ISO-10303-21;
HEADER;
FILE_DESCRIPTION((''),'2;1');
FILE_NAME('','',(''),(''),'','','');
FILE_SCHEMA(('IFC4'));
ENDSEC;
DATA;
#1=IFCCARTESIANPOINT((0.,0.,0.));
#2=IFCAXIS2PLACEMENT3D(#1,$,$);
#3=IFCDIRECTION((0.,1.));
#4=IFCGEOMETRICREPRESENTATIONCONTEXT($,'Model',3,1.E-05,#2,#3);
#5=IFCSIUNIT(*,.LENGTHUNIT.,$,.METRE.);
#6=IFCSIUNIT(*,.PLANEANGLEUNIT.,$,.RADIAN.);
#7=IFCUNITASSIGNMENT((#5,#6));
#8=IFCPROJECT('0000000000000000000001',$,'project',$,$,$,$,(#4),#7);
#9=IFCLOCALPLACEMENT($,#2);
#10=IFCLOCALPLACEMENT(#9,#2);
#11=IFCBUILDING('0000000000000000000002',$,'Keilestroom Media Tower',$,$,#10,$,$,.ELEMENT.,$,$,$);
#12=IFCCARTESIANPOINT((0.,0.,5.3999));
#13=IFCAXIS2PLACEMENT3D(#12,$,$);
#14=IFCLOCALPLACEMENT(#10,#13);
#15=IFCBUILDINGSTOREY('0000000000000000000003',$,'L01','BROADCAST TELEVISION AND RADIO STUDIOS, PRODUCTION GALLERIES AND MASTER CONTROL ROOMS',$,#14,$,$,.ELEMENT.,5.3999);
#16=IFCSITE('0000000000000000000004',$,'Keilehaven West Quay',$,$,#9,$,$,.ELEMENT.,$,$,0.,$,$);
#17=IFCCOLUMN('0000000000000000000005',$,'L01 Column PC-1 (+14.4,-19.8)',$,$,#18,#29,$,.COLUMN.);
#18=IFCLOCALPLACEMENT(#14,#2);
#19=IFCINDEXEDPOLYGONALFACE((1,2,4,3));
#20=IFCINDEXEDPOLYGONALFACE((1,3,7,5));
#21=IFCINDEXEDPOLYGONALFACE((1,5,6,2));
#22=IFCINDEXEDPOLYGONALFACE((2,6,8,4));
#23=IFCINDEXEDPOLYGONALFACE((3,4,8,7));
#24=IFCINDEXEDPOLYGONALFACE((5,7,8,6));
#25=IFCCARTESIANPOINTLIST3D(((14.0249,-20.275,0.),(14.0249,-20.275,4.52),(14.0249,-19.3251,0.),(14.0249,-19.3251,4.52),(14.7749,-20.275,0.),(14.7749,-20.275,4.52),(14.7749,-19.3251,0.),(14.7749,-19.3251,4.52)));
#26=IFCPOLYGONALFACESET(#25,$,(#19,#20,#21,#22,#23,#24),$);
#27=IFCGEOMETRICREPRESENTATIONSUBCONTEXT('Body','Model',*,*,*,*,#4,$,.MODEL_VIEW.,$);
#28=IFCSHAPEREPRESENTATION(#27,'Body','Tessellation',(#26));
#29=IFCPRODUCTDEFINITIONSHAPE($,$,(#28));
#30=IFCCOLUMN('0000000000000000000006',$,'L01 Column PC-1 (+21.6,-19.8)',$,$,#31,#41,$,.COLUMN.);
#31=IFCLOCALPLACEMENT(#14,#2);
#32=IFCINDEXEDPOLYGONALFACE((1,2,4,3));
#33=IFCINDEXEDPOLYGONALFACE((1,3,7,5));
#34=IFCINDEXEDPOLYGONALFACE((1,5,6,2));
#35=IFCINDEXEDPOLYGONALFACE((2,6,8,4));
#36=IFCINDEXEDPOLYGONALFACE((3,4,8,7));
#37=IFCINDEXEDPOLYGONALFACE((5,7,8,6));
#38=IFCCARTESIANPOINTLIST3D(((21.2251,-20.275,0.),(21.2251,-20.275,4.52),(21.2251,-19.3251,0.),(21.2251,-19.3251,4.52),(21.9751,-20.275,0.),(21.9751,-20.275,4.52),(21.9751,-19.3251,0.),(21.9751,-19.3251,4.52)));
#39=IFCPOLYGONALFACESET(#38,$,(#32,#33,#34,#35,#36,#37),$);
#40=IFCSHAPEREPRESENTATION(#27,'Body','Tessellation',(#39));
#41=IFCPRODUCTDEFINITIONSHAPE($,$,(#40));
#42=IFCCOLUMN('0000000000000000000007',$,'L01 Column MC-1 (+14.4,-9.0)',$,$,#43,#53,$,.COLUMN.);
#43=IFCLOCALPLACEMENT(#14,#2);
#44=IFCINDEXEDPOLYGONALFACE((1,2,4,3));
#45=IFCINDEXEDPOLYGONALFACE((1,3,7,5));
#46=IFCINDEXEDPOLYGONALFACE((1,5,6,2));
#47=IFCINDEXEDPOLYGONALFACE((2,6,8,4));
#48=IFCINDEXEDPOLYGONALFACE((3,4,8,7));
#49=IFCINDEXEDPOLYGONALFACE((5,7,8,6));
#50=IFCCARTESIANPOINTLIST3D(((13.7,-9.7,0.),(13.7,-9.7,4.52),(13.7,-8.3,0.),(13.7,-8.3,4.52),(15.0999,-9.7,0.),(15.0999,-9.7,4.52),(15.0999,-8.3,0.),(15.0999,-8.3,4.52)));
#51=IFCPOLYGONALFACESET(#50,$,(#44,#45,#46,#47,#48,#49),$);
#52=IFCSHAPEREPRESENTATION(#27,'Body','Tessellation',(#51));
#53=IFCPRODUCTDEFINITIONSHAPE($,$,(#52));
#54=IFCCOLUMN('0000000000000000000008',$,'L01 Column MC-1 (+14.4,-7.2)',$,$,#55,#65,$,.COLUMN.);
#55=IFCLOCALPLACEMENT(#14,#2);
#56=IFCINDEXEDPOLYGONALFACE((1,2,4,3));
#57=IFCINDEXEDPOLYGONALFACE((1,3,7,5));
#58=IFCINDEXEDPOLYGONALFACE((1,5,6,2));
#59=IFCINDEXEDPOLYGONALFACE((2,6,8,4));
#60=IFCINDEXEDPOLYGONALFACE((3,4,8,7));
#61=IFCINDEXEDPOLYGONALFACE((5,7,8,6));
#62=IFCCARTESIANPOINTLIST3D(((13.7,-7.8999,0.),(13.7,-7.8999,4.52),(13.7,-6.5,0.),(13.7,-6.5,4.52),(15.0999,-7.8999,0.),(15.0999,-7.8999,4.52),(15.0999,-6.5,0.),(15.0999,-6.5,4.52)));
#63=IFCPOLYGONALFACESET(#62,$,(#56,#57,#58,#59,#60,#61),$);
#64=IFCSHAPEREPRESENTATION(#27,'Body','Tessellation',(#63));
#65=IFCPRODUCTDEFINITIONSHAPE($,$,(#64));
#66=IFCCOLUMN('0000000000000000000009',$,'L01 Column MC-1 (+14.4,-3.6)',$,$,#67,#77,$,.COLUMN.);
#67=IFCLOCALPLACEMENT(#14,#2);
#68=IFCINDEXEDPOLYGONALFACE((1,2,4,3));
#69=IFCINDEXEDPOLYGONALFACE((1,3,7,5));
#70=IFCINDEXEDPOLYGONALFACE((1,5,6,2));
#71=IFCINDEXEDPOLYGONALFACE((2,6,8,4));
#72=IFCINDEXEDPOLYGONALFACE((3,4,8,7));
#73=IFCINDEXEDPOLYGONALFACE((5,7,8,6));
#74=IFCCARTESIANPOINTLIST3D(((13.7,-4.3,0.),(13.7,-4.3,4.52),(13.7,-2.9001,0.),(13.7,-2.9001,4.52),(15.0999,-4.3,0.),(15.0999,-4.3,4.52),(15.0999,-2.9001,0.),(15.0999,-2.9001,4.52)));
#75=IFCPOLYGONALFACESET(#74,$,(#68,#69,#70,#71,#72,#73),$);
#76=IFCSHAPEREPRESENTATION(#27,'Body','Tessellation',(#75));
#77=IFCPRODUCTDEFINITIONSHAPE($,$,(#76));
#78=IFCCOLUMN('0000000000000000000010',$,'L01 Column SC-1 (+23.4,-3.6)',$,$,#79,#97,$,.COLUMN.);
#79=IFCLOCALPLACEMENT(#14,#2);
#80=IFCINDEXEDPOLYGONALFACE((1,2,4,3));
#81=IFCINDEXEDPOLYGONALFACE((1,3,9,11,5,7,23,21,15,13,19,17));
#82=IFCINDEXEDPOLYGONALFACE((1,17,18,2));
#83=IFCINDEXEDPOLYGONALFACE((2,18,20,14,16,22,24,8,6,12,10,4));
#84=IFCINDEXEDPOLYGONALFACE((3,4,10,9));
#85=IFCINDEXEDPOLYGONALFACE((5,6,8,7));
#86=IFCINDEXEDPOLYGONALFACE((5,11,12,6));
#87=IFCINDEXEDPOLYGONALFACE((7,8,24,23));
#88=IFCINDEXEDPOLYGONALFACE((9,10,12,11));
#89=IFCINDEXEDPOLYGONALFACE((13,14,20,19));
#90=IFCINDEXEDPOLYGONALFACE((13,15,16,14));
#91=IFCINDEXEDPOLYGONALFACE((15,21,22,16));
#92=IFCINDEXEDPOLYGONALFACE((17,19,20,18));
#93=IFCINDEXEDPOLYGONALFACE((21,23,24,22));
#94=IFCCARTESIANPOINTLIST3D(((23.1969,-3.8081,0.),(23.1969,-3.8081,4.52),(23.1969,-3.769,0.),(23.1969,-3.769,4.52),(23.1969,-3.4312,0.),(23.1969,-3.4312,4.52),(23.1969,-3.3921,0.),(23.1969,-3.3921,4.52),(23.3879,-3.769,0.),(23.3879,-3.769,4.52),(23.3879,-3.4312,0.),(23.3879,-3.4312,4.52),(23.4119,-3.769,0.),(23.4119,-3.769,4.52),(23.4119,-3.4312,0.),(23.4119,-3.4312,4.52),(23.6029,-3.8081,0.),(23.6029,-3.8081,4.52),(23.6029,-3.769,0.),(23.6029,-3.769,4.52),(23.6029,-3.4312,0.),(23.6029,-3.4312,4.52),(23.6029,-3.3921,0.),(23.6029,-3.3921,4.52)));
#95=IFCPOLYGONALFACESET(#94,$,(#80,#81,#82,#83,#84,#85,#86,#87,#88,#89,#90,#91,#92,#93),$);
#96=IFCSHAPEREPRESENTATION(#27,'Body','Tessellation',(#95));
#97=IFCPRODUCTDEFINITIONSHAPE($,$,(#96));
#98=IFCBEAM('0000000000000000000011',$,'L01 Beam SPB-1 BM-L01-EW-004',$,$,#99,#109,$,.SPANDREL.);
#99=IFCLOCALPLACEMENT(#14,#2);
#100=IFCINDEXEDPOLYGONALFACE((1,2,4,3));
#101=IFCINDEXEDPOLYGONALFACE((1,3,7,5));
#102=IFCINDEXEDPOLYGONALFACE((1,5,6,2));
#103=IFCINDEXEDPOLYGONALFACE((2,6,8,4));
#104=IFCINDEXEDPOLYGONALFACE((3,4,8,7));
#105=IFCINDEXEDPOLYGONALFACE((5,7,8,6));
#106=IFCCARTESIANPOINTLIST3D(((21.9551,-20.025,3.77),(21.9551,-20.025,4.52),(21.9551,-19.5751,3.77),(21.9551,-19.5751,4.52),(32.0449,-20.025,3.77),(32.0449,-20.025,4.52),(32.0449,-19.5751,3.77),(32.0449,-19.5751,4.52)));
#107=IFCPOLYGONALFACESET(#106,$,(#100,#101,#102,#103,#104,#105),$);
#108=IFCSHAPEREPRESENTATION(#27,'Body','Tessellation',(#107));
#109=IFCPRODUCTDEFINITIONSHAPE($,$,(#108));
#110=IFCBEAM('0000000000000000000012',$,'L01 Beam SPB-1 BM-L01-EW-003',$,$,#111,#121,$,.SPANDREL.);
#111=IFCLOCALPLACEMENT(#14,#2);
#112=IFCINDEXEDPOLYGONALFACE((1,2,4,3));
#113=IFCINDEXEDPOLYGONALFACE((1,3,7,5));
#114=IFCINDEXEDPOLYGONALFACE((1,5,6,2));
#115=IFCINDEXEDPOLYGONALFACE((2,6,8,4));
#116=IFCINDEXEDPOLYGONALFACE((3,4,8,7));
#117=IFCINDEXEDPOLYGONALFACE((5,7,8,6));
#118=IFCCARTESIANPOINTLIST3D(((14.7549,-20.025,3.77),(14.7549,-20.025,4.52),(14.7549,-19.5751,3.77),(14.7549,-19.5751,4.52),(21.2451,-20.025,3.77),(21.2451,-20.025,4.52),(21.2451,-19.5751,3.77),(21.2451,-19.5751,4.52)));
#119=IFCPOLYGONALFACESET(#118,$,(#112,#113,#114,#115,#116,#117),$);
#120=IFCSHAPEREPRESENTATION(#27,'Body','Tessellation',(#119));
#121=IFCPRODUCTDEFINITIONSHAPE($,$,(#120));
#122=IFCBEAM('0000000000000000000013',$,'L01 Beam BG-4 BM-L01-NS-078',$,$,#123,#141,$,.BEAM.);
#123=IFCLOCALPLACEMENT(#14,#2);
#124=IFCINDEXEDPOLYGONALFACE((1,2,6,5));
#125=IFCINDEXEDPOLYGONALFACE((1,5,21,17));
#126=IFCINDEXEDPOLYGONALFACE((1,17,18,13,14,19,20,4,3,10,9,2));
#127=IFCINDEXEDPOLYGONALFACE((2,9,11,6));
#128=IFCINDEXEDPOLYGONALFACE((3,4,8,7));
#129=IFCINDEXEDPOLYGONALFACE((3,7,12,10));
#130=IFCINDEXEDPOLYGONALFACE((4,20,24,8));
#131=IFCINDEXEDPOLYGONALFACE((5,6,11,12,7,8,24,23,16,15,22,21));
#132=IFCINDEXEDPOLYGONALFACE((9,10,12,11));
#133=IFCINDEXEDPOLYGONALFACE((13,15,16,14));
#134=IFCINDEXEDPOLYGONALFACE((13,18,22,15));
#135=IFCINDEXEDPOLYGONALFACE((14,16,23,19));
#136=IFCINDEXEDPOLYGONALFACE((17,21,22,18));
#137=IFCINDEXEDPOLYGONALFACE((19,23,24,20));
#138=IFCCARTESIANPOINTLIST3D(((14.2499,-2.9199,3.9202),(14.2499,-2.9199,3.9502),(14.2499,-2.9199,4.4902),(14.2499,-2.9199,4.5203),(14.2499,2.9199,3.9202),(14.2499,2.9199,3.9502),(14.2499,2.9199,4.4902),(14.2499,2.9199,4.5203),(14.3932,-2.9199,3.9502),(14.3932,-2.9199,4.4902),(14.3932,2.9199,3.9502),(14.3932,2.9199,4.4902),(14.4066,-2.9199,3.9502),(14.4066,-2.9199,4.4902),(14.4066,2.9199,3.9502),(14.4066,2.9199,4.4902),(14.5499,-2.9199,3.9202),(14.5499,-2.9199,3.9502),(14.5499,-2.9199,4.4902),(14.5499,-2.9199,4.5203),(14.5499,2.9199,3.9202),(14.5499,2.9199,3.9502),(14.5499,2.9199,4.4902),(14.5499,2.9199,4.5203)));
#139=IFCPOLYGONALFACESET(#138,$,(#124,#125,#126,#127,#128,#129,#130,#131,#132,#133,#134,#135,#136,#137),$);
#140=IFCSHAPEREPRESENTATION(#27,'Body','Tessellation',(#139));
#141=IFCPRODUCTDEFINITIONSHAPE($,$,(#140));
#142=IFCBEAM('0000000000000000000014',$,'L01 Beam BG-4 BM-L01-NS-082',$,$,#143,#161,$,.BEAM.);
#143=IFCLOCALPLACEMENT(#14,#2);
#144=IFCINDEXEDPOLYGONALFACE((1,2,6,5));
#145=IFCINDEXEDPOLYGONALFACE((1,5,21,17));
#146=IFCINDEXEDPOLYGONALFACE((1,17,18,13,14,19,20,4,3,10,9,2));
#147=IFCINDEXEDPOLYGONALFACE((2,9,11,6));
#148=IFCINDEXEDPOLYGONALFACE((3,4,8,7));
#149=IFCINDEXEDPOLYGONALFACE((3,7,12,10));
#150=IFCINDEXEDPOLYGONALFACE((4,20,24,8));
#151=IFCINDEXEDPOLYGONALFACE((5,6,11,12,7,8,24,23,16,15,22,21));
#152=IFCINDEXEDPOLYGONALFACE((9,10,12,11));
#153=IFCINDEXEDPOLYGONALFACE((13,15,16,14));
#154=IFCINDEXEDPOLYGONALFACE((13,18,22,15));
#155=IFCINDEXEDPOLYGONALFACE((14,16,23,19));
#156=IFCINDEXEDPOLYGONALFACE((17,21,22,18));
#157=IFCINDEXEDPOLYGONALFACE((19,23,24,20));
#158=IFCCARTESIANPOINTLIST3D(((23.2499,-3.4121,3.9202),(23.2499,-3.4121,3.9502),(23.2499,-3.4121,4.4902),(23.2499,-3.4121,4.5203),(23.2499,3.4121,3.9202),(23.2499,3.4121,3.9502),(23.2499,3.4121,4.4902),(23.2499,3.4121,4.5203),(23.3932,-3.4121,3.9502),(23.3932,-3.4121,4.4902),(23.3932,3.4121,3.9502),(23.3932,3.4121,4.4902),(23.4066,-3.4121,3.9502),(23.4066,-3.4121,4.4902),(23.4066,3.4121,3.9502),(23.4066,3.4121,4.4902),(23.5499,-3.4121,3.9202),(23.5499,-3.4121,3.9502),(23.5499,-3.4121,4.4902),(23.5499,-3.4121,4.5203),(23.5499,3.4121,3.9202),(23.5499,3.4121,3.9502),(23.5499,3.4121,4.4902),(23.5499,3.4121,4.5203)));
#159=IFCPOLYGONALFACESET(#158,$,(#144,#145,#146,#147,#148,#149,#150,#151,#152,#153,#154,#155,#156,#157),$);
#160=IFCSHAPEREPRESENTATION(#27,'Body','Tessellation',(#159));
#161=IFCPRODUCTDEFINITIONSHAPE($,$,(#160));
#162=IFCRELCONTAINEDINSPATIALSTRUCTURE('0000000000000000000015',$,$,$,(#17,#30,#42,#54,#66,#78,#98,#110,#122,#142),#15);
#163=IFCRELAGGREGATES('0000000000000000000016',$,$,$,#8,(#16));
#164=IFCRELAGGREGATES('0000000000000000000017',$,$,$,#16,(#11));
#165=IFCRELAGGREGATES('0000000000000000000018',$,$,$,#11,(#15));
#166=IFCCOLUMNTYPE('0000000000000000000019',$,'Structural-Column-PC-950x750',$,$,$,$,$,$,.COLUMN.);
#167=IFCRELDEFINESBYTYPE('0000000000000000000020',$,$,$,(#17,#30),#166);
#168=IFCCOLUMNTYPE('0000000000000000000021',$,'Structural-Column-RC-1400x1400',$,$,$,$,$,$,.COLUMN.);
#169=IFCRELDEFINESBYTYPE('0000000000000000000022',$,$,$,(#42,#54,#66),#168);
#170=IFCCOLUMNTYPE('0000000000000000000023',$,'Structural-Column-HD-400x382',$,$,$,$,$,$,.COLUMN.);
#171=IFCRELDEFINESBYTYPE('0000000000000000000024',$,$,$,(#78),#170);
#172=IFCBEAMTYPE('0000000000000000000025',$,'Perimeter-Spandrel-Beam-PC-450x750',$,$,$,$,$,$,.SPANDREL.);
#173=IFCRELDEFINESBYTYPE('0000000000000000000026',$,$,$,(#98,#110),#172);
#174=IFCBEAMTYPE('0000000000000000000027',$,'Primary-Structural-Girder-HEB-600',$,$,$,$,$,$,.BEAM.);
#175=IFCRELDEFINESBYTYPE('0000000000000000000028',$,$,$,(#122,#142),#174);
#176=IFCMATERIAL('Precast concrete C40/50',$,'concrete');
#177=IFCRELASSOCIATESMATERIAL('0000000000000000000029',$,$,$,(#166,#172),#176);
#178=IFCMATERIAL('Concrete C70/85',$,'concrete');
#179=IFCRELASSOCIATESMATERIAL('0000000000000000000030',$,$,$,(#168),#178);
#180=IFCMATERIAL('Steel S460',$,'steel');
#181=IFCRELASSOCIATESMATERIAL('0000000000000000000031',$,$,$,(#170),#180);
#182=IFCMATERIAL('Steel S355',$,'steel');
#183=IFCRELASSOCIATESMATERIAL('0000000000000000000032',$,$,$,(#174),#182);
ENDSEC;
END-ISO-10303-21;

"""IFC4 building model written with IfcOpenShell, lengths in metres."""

from ifc_helpers import new_model, si_unit, direction, frame, origin, origin_2d, place, context, subcontext, project, spatial, rectangle, i_section, extrude, source, transform, mapped, material, material_profile, profile_set, type_object, element, save


model = new_model("IFC4")

# Units and contexts
model_context = context("Model", 3, precision=1e-05, world=origin(), true_north=direction((0.0, 1.0)))
body_context = subcontext(model_context, "Body", "Model", "MODEL_VIEW")
ifc_project = project(units=[si_unit("LENGTHUNIT", "METRE"), si_unit("PLANEANGLEUNIT", "RADIAN")], contexts=[model_context])

# Site, building, storey
site_placement = place(None, origin())
site = spatial("IfcSite", under=ifc_project, at=site_placement, Name="Keilehaven West Quay", CompositionType="ELEMENT", RefElevation=0.0)
building_placement = place(site_placement, origin())
building = spatial("IfcBuilding", under=site, at=building_placement, Name="Keilestroom Media Tower", CompositionType="ELEMENT")
storey_placement = place(building_placement, frame((0.0, 0.0, 5.3999)))
storey = spatial("IfcBuildingStorey", under=building, at=storey_placement, Name="L01", Description="BROADCAST TELEVISION AND RADIO STUDIOS, PRODUCTION GALLERIES AND MASTER CONTROL ROOMS", CompositionType="ELEMENT", Elevation=5.3999)

# Columns
ifc_material_1 = material(Name="Precast concrete C40/50", Category="concrete")
ifc_material_profile_1 = material_profile(ifc_material_1, rectangle(XDim=0.75, YDim=0.95, at=origin_2d()), Name="PC 950x750")
ifc_profile_set_1 = profile_set([ifc_material_profile_1], Name="Precast concrete C40/50")
column_type_1 = type_object("IfcColumnType", Name="Structural-Column-PC-950x750", PredefinedType="COLUMN", material=ifc_profile_set_1)
shared_shape_1 = source(origin(), body_context, "Body", "SweptSolid", [
    extrude(rectangle(XDim=0.75, YDim=0.95, at=origin_2d()), origin(), (0.0, 0.0, 1.0), 4.52),
])
for number, where, z_axis, x_axis, name in (
    (1, (14.3999, -19.8, 0.0), (0.0, 0.0, 1.0), (1.0, 0.0, 0.0), "L01 Column PC-1 (+14.4,-19.8)"),
    (2, (21.6001, -19.8, 0.0), (0.0, 0.0, 1.0), (1.0, 0.0, 0.0), "L01 Column PC-1 (+21.6,-19.8)"),
):
    element("IfcColumn", number, at=place(storey_placement, frame(where, z_axis=z_axis, x_axis=x_axis)), inside=storey, type_object=column_type_1, Name=name, PredefinedType="COLUMN", context=body_context, shape_type="MappedRepresentation", body=[
        mapped(shared_shape_1, transform((0.0, 0.0, 0.0), x_axis=(1.0, 0.0, 0.0), y_axis=(0.0, 1.0, 0.0), z_axis=(0.0, 0.0, 1.0), scale=1.0)),
    ])
ifc_material_2 = material(Name="Concrete C70/85", Category="concrete")
ifc_material_profile_2 = material_profile(ifc_material_2, rectangle(XDim=1.3999, YDim=1.3999, at=origin_2d()), Name="RC 1400x1400")
ifc_profile_set_2 = profile_set([ifc_material_profile_2], Name="Concrete C70/85")
column_type_2 = type_object("IfcColumnType", Name="Structural-Column-RC-1400x1400", PredefinedType="COLUMN", material=ifc_profile_set_2)
shared_shape_2 = source(origin(), body_context, "Body", "SweptSolid", [
    extrude(rectangle(XDim=1.3999, YDim=1.3999, at=origin_2d()), origin(), (0.0, 0.0, 1.0), 4.52),
])
for number, where, z_axis, x_axis, name in (
    (3, (14.3999, -9.0, 0.0), (0.0, 0.0, 1.0), (1.0, 0.0, 0.0), "L01 Column MC-1 (+14.4,-9.0)"),
    (4, (14.3999, -7.2, 0.0), (0.0, 0.0, 1.0), (1.0, 0.0, 0.0), "L01 Column MC-1 (+14.4,-7.2)"),
    (5, (14.3999, -3.6001, 0.0), (0.0, 0.0, 1.0), (1.0, 0.0, 0.0), "L01 Column MC-1 (+14.4,-3.6)"),
):
    element("IfcColumn", number, at=place(storey_placement, frame(where, z_axis=z_axis, x_axis=x_axis)), inside=storey, type_object=column_type_2, Name=name, PredefinedType="COLUMN", context=body_context, shape_type="MappedRepresentation", body=[
        mapped(shared_shape_2, transform((0.0, 0.0, 0.0), x_axis=(1.0, 0.0, 0.0), y_axis=(0.0, 1.0, 0.0), z_axis=(0.0, 0.0, 1.0), scale=1.0)),
    ])
ifc_material_3 = material(Name="Steel S460", Category="steel")
ifc_material_profile_3 = material_profile(ifc_material_3, i_section(OverallWidth=0.406, OverallDepth=0.416, WebThickness=0.0239, FlangeThickness=0.0391, at=origin_2d()), Name="HD 400x382")
ifc_profile_set_3 = profile_set([ifc_material_profile_3], Name="Steel S460")
column_type_3 = type_object("IfcColumnType", Name="Structural-Column-HD-400x382", PredefinedType="COLUMN", material=ifc_profile_set_3)
shared_shape_3 = source(origin(), body_context, "Body", "SweptSolid", [
    extrude(i_section(OverallWidth=0.406, OverallDepth=0.416, WebThickness=0.0239, FlangeThickness=0.0391, at=origin_2d()), origin(), (0.0, 0.0, 1.0), 4.52),
])
column_placement = place(storey_placement, frame((23.3999, -3.6001, 0.0), z_axis=(0.0, 0.0, 1.0), x_axis=(1.0, 0.0, 0.0)))
element("IfcColumn", 6, at=column_placement, inside=storey, type_object=column_type_3, Name="L01 Column SC-1 (+23.4,-3.6)", PredefinedType="COLUMN", context=body_context, shape_type="MappedRepresentation", body=[
    mapped(shared_shape_3, transform((0.0, 0.0, 0.0), x_axis=(1.0, 0.0, 0.0), y_axis=(0.0, 1.0, 0.0), z_axis=(0.0, 0.0, 1.0), scale=1.0)),
])

# Beams
ifc_material_profile_4 = material_profile(ifc_material_1, rectangle(XDim=0.45, YDim=0.75, at=origin_2d()), Name="PC 450x750")
ifc_profile_set_4 = profile_set([ifc_material_profile_4], Name="Precast concrete C40/50")
beam_type_1 = type_object("IfcBeamType", Name="Perimeter-Spandrel-Beam-PC-450x750", PredefinedType="SPANDREL", material=ifc_profile_set_4)
shared_shape_4 = source(origin(), body_context, "Body", "SweptSolid", [
    extrude(rectangle(XDim=0.45, YDim=0.75, at=origin_2d()), origin(), (0.0, 0.0, 1.0), 10.0898),
])
beam_1_placement = place(storey_placement, frame((21.9551, -19.8, 4.145), z_axis=(1.0, 0.0, 0.0), x_axis=(0.0, 1.0, 0.0)))
element("IfcBeam", 7, at=beam_1_placement, inside=storey, type_object=beam_type_1, Name="L01 Beam SPB-1 BM-L01-EW-004", PredefinedType="SPANDREL", context=body_context, shape_type="MappedRepresentation", body=[
    mapped(shared_shape_4, transform((0.0, 0.0, 0.0), x_axis=(1.0, 0.0, 0.0), y_axis=(0.0, 1.0, 0.0), z_axis=(0.0, 0.0, 1.0), scale=1.0)),
])
shared_shape_5 = source(origin(), body_context, "Body", "SweptSolid", [
    extrude(rectangle(XDim=0.45, YDim=0.75, at=origin_2d()), origin(), (0.0, 0.0, 1.0), 6.4902),
])
beam_2_placement = place(storey_placement, frame((14.7549, -19.8, 4.145), z_axis=(1.0, 0.0, 0.0), x_axis=(0.0, 1.0, 0.0)))
element("IfcBeam", 8, at=beam_2_placement, inside=storey, type_object=beam_type_1, Name="L01 Beam SPB-1 BM-L01-EW-003", PredefinedType="SPANDREL", context=body_context, shape_type="MappedRepresentation", body=[
    mapped(shared_shape_5, transform((0.0, 0.0, 0.0), x_axis=(1.0, 0.0, 0.0), y_axis=(0.0, 1.0, 0.0), z_axis=(0.0, 0.0, 1.0), scale=1.0)),
])
ifc_material_4 = material(Name="Steel S355", Category="steel")
ifc_material_profile_5 = material_profile(ifc_material_4, i_section(OverallWidth=0.3, OverallDepth=0.6001, WebThickness=0.0134, FlangeThickness=0.03, at=origin_2d()), Name="HEB 600")
ifc_profile_set_5 = profile_set([ifc_material_profile_5], Name="Steel S355")
beam_type_2 = type_object("IfcBeamType", Name="Primary-Structural-Girder-HEB-600", PredefinedType="BEAM", material=ifc_profile_set_5)
shared_shape_6 = source(origin(), body_context, "Body", "SweptSolid", [
    extrude(i_section(OverallWidth=0.3, OverallDepth=0.6001, WebThickness=0.0134, FlangeThickness=0.03, at=origin_2d()), origin(), (0.0, 0.0, 1.0), 5.8398),
])
beam_3_placement = place(storey_placement, frame((14.3999, -2.9199, 4.2202), z_axis=(0.0, 1.0, 0.0), x_axis=(-1.0, 0.0, 0.0)))
element("IfcBeam", 9, at=beam_3_placement, inside=storey, type_object=beam_type_2, Name="L01 Beam BG-4 BM-L01-NS-078", PredefinedType="BEAM", context=body_context, shape_type="MappedRepresentation", body=[
    mapped(shared_shape_6, transform((0.0, 0.0, 0.0), x_axis=(1.0, 0.0, 0.0), y_axis=(0.0, 1.0, 0.0), z_axis=(0.0, 0.0, 1.0), scale=1.0)),
])
shared_shape_7 = source(origin(), body_context, "Body", "SweptSolid", [
    extrude(i_section(OverallWidth=0.3, OverallDepth=0.6001, WebThickness=0.0134, FlangeThickness=0.03, at=origin_2d()), origin(), (0.0, 0.0, 1.0), 6.8242),
])
beam_4_placement = place(storey_placement, frame((23.3999, -3.4121, 4.2202), z_axis=(0.0, 1.0, 0.0), x_axis=(-1.0, 0.0, 0.0)))
element("IfcBeam", 10, at=beam_4_placement, inside=storey, type_object=beam_type_2, Name="L01 Beam BG-4 BM-L01-NS-082", PredefinedType="BEAM", context=body_context, shape_type="MappedRepresentation", body=[
    mapped(shared_shape_7, transform((0.0, 0.0, 0.0), x_axis=(1.0, 0.0, 0.0), y_axis=(0.0, 1.0, 0.0), z_axis=(0.0, 0.0, 1.0), scale=1.0)),
])

save(model, "model.ifc")
